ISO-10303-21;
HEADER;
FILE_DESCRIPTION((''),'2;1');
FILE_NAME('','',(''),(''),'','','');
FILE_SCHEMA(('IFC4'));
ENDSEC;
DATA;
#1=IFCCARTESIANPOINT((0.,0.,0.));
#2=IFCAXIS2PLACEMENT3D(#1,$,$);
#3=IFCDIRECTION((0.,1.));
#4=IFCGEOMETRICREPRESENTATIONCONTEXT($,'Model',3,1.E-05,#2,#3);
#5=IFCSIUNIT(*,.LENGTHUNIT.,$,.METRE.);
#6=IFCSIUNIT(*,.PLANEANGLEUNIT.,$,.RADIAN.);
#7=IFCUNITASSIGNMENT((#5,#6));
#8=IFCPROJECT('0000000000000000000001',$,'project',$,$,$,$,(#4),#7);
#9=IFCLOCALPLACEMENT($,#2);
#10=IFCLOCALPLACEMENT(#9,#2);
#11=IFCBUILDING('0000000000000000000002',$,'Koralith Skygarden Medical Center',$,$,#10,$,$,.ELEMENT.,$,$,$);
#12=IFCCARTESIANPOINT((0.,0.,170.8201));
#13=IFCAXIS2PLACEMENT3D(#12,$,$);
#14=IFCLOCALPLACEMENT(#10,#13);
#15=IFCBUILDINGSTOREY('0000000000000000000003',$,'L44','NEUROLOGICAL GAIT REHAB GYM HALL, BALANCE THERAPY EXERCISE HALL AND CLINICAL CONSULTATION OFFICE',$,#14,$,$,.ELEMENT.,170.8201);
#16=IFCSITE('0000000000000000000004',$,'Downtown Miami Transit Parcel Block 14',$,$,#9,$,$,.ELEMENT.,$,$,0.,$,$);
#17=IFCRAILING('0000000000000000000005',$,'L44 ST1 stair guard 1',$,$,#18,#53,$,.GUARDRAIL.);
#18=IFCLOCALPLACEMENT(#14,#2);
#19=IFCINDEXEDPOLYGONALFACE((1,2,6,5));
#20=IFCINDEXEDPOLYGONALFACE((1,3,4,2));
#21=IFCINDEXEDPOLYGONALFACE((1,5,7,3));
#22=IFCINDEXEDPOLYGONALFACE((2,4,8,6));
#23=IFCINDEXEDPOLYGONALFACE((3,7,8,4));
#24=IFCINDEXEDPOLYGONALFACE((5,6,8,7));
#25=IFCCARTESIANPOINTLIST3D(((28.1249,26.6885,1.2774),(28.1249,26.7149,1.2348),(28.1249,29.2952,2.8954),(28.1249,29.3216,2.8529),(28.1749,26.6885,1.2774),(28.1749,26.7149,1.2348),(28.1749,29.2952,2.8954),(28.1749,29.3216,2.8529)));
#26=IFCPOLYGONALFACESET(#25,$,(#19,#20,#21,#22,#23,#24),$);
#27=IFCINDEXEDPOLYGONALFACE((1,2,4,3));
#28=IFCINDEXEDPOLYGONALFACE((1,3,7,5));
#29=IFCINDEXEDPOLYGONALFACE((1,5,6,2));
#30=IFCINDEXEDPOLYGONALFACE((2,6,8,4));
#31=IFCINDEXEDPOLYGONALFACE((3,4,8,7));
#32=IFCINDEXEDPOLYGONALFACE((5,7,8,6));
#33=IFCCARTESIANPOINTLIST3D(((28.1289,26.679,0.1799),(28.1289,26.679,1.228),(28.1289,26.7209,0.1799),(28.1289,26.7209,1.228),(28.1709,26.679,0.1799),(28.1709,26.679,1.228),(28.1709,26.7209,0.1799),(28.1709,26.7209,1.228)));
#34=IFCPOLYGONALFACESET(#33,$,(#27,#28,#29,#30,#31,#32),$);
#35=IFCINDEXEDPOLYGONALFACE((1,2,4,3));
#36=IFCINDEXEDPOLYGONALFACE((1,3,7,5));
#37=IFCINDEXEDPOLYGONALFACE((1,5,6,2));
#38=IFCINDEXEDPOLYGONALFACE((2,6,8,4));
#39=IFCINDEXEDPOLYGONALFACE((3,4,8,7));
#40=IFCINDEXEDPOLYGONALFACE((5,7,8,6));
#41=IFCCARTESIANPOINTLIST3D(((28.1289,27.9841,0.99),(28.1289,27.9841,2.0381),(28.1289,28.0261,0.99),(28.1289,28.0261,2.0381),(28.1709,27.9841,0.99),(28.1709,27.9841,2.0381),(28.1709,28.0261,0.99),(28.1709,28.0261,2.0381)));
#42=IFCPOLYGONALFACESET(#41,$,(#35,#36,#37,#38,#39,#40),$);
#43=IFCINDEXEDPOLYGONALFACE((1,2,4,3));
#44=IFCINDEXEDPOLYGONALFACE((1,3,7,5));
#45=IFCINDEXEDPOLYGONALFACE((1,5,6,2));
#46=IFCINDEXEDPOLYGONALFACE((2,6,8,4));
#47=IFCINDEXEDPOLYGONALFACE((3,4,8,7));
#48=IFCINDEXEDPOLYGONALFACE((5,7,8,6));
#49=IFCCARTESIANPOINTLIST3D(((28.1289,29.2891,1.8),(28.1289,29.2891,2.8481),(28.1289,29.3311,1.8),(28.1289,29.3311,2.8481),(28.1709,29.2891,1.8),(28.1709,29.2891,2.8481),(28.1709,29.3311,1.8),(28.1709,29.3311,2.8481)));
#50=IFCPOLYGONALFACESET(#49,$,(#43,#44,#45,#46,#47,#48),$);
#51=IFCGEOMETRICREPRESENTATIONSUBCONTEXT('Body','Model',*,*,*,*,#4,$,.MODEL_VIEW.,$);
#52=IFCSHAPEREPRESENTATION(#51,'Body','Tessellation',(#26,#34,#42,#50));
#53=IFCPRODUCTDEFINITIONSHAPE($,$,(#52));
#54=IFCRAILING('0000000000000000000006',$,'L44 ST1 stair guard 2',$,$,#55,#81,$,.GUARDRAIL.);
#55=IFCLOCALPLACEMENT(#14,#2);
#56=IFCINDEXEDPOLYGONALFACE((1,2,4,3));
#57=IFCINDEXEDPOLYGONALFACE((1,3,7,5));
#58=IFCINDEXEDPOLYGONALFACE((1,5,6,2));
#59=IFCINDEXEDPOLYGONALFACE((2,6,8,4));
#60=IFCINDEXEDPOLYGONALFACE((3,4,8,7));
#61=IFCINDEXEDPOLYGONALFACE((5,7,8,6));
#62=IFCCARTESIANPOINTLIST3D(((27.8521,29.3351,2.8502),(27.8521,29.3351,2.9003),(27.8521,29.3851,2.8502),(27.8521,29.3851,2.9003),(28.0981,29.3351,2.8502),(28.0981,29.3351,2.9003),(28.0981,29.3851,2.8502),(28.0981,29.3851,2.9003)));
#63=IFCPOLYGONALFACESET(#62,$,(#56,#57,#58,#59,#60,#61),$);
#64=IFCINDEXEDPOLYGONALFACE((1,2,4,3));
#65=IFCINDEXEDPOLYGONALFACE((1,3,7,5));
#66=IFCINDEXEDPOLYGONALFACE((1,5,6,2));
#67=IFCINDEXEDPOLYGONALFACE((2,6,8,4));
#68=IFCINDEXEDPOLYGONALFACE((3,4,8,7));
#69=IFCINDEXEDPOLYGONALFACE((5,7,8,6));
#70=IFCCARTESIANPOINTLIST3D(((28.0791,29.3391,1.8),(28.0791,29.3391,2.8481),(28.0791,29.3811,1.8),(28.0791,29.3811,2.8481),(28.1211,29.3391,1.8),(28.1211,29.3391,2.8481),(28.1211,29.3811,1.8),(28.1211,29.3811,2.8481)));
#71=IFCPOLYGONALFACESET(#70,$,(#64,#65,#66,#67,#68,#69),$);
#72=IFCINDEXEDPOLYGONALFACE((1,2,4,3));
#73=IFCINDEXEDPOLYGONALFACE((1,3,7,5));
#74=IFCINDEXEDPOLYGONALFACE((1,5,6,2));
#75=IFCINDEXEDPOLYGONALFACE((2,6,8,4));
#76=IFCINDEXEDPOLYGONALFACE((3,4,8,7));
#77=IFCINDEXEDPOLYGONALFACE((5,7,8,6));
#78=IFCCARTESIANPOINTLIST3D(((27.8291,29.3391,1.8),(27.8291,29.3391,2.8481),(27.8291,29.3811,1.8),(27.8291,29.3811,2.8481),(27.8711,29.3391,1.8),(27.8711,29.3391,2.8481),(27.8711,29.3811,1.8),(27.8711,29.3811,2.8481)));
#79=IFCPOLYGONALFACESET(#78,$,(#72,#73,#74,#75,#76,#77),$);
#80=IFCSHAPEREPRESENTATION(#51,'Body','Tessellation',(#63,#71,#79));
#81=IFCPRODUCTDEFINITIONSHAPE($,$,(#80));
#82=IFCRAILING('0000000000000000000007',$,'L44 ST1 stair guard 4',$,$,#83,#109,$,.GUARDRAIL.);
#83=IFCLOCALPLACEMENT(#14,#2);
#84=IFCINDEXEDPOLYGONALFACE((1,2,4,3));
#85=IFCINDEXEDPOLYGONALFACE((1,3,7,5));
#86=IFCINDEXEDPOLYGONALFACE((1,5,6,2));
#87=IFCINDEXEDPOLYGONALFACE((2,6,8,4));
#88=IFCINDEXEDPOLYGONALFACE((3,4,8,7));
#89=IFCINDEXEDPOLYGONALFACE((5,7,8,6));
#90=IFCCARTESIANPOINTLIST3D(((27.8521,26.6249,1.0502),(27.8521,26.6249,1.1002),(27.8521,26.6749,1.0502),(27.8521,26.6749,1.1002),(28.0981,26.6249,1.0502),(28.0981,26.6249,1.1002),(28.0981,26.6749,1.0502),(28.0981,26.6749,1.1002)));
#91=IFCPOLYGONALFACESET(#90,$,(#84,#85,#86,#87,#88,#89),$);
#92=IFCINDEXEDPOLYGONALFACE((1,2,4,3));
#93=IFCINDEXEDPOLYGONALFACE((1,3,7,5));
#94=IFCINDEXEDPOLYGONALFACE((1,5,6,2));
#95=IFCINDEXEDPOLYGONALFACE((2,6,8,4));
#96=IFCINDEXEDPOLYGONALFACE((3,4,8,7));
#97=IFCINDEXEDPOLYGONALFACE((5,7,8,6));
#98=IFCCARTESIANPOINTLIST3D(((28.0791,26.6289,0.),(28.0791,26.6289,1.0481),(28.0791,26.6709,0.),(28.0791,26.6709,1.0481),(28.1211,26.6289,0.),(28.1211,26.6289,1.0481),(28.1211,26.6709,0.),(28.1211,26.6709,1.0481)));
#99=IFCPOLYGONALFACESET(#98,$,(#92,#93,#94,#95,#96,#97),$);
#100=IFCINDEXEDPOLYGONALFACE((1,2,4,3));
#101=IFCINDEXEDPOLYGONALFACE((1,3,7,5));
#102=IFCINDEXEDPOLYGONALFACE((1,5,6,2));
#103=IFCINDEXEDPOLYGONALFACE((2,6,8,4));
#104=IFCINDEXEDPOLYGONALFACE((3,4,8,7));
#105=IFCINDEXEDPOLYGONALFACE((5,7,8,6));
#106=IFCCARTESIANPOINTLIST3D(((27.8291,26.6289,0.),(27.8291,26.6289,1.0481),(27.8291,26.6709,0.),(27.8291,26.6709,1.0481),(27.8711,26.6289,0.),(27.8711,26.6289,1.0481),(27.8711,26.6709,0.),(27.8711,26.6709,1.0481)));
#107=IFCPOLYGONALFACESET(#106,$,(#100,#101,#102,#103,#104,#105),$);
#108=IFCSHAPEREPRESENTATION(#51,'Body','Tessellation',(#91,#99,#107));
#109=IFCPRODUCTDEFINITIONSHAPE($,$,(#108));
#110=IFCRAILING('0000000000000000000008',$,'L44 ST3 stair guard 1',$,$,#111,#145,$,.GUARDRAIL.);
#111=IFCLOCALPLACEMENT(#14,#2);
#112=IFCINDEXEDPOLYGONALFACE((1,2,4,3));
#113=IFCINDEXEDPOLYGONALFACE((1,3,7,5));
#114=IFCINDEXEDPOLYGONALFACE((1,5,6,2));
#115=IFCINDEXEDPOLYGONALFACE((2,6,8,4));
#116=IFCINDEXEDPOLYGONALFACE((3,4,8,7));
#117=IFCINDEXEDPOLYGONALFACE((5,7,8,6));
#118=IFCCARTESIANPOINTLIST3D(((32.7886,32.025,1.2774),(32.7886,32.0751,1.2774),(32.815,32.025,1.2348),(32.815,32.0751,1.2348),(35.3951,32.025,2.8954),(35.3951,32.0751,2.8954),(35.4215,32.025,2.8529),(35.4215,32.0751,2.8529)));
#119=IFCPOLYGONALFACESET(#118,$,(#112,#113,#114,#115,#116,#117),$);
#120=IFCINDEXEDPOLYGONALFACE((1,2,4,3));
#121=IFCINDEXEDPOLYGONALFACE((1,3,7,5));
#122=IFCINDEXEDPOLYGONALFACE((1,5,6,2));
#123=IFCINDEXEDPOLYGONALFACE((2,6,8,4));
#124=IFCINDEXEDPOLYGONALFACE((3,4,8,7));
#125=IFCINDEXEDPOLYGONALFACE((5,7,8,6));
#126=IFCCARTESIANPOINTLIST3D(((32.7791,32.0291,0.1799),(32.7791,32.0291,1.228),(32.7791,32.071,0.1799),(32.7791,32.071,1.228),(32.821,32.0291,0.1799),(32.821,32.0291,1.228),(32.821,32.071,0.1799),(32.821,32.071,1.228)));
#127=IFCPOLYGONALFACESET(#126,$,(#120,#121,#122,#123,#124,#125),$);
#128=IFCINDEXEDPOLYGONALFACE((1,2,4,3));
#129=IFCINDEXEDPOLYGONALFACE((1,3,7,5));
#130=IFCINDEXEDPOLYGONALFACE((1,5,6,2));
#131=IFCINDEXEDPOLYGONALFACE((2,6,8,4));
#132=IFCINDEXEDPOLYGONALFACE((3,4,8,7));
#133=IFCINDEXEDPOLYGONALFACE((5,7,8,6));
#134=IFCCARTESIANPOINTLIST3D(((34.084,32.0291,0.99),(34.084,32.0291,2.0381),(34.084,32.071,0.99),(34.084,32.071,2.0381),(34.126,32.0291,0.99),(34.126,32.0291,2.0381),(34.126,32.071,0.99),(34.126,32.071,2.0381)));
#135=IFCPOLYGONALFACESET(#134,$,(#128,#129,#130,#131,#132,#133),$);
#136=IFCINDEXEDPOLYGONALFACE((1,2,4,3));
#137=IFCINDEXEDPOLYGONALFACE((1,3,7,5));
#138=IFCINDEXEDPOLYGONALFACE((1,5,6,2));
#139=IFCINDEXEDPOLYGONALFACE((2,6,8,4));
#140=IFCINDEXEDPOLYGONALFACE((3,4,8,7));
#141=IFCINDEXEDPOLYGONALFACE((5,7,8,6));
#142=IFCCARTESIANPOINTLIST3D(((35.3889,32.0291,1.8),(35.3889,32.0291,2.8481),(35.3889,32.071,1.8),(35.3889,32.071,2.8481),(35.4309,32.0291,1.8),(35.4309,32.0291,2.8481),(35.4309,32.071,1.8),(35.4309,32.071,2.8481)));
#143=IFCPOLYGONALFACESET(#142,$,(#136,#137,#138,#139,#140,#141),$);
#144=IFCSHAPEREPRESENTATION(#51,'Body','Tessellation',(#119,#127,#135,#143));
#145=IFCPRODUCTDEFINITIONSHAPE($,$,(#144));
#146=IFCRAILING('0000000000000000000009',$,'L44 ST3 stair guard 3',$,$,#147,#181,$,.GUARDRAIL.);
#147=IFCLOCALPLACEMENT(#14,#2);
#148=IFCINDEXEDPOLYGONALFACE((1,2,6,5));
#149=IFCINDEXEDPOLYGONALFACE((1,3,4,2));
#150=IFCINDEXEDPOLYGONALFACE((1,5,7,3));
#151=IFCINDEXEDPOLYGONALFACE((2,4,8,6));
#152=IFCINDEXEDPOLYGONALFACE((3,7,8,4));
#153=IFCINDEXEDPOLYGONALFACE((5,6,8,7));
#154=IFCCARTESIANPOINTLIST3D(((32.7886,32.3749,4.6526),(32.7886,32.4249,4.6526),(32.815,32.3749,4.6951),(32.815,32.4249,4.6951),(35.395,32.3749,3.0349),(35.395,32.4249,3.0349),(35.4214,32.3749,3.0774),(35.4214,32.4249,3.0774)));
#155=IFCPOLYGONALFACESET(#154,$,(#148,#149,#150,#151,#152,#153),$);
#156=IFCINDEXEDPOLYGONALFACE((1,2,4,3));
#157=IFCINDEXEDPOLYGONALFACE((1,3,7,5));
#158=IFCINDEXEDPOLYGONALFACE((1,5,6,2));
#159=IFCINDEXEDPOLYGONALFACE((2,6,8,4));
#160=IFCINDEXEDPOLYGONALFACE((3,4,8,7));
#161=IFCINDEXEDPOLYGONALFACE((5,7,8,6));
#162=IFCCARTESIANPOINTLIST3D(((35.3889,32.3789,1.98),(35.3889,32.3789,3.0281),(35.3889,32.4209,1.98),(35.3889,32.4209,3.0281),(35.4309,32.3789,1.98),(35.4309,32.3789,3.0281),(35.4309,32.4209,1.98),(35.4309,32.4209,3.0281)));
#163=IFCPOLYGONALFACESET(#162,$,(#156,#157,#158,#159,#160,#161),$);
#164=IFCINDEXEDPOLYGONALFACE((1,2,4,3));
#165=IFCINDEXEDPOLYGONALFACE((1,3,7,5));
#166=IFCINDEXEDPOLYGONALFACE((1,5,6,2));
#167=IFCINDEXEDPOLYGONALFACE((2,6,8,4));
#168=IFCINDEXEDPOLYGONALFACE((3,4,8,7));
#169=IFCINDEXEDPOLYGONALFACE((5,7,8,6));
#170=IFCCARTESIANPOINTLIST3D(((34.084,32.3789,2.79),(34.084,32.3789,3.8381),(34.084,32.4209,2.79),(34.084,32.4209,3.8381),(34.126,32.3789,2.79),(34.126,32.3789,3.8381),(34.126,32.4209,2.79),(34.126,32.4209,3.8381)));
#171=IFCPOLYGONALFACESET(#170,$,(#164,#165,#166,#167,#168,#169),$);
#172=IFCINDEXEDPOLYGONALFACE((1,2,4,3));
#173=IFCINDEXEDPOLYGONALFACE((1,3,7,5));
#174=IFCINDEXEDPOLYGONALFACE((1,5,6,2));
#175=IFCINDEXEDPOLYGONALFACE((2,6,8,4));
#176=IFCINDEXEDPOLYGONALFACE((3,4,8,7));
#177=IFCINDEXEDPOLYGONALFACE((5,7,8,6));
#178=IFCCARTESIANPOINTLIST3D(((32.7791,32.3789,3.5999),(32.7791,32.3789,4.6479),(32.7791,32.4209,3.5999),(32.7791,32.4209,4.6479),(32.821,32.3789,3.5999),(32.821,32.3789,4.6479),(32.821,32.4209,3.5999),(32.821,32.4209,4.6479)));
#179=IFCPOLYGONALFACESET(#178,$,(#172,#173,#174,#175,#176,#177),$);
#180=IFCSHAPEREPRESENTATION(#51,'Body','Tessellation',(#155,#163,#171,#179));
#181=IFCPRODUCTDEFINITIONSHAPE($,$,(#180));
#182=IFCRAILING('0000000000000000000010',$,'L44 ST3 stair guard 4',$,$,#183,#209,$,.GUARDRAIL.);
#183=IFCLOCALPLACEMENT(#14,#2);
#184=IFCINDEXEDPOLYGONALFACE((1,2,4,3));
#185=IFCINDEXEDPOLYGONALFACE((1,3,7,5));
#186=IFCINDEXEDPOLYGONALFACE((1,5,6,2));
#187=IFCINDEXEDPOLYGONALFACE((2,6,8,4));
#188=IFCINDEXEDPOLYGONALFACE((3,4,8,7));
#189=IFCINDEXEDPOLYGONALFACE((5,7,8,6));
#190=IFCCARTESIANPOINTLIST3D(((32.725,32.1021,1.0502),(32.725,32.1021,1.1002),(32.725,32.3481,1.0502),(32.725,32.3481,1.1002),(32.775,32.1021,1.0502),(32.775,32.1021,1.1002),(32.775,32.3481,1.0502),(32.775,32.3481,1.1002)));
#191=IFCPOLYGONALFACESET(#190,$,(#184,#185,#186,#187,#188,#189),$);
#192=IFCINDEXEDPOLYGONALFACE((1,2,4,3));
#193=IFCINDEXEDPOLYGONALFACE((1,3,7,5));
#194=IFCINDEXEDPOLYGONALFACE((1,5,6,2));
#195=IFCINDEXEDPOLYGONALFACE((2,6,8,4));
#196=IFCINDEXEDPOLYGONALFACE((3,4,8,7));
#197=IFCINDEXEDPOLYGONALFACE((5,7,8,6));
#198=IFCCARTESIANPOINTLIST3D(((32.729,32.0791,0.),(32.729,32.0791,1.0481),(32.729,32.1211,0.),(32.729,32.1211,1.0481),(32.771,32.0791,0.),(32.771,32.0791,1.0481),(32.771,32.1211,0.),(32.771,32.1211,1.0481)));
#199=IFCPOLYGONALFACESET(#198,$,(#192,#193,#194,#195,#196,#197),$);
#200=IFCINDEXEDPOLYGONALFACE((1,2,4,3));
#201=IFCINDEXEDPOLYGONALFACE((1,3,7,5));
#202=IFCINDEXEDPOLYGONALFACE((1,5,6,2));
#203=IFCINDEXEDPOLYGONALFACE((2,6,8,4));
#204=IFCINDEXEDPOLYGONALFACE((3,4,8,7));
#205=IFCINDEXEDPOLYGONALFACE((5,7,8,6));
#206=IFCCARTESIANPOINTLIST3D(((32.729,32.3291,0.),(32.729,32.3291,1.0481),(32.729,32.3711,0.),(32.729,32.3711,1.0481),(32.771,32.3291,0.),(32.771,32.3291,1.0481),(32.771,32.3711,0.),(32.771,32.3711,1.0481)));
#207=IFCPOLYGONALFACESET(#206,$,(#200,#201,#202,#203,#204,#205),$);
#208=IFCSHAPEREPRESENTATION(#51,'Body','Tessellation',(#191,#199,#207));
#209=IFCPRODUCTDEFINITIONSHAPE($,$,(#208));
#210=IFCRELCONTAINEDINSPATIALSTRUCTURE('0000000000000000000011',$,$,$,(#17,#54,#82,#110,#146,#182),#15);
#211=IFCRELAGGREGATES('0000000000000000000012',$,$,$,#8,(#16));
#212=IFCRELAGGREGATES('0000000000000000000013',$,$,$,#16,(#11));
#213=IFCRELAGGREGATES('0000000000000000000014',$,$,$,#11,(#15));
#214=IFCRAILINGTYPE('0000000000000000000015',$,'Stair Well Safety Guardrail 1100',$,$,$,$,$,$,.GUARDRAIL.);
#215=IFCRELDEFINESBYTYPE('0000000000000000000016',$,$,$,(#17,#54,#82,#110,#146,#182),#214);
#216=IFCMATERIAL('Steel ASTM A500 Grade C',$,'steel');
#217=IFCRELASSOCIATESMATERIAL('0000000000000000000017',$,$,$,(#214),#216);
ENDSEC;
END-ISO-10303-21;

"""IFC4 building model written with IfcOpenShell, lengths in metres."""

from ifc_helpers import new_model, si_unit, direction, frame, origin, origin_2d, place, context, subcontext, project, spatial, rectangle, extrude, material, type_object, element, save


model = new_model("IFC4")

# Units and contexts
model_context = context("Model", 3, precision=1e-05, world=origin(), true_north=direction((0.0, 1.0)))
body_context = subcontext(model_context, "Body", "Model", "MODEL_VIEW")
ifc_project = project(units=[si_unit("LENGTHUNIT", "METRE"), si_unit("PLANEANGLEUNIT", "RADIAN")], contexts=[model_context])

# Site, building, storey
site_placement = place(None, origin())
site = spatial("IfcSite", under=ifc_project, at=site_placement, Name="Downtown Miami Transit Parcel Block 14", CompositionType="ELEMENT", RefElevation=0.0)
building_placement = place(site_placement, origin())
building = spatial("IfcBuilding", under=site, at=building_placement, Name="Koralith Skygarden Medical Center", CompositionType="ELEMENT")
storey_placement = place(building_placement, frame((0.0, 0.0, 170.8201)))
storey = spatial("IfcBuildingStorey", under=building, at=storey_placement, Name="L44", Description="NEUROLOGICAL GAIT REHAB GYM HALL, BALANCE THERAPY EXERCISE HALL AND CLINICAL CONSULTATION OFFICE", CompositionType="ELEMENT", Elevation=170.8201)

# Railings
ifc_material_1 = material(Name="Steel ASTM A500 Grade C", Category="steel")
railing_type_1 = type_object("IfcRailingType", Name="Stair Well Safety Guardrail 1100", PredefinedType="GUARDRAIL", material=ifc_material_1)
railing_1_placement = place(storey_placement, frame((28.1499, 26.7, 0.1799)))
element("IfcRailing", 1, at=railing_1_placement, inside=storey, type_object=railing_type_1, Name="L44 ST1 stair guard 1", PredefinedType="GUARDRAIL", context=body_context, shape_type="SweptSolid", body=[
    extrude(rectangle(XDim=0.05, YDim=0.05, at=origin_2d()), frame((0.0, 0.0017, 1.0762), z_axis=(0.0, 0.849633, 0.527375), x_axis=(-1.0, 0.0, 0.0)), (0.0, 0.0, 1.0), 3.0681),
    extrude(rectangle(XDim=0.042, YDim=0.042, at=origin_2d()), origin(), (0.0, 0.0, 1.0), 1.0481),
    extrude(rectangle(XDim=0.042, YDim=0.042, at=origin_2d()), frame((0.0, 1.3052, 0.8101)), (0.0, 0.0, 1.0), 1.0481),
    extrude(rectangle(XDim=0.042, YDim=0.042, at=origin_2d()), frame((0.0, 2.6101, 1.6201)), (0.0, 0.0, 1.0), 1.0481),
])
for number, where, name in (
    (2, (28.1001, 29.3601, 1.8), "L44 ST1 stair guard 2"),
    (3, (28.1001, 26.6499, 0.0), "L44 ST1 stair guard 4"),
):
    element("IfcRailing", number, at=place(storey_placement, frame(where)), inside=storey, type_object=railing_type_1, Name=name, PredefinedType="GUARDRAIL", context=body_context, shape_type="SweptSolid", body=[
        extrude(rectangle(XDim=0.05, YDim=0.05, at=origin_2d()), frame((-0.002, 0.0, 1.0752), z_axis=(-1.0, 0.0, 0.0), x_axis=(0.0, -1.0, 0.0)), (0.0, 0.0, 1.0), 0.2461),
        extrude(rectangle(XDim=0.042, YDim=0.042, at=origin_2d()), origin(), (0.0, 0.0, 1.0), 1.0481),
        extrude(rectangle(XDim=0.042, YDim=0.042, at=origin_2d()), frame((-0.25, 0.0, 0.0)), (0.0, 0.0, 1.0), 1.0481),
    ])
railing_2_placement = place(storey_placement, frame((32.8, 32.05, 0.1799)))
element("IfcRailing", 4, at=railing_2_placement, inside=storey, type_object=railing_type_1, Name="L44 ST3 stair guard 1", PredefinedType="GUARDRAIL", context=body_context, shape_type="SweptSolid", body=[
    extrude(rectangle(XDim=0.05, YDim=0.05, at=origin_2d()), frame((0.0017, 0.0, 1.0762), z_axis=(0.849611, 0.0, 0.52741), x_axis=(0.0, 1.0, 0.0)), (0.0, 0.0, 1.0), 3.0679),
    extrude(rectangle(XDim=0.042, YDim=0.042, at=origin_2d()), origin(), (0.0, 0.0, 1.0), 1.0481),
    extrude(rectangle(XDim=0.042, YDim=0.042, at=origin_2d()), frame((1.3049, 0.0, 0.8101)), (0.0, 0.0, 1.0), 1.0481),
    extrude(rectangle(XDim=0.042, YDim=0.042, at=origin_2d()), frame((2.6099, 0.0, 1.6201)), (0.0, 0.0, 1.0), 1.0481),
])
railing_3_placement = place(storey_placement, frame((35.4099, 32.3999, 1.98)))
element("IfcRailing", 5, at=railing_3_placement, inside=storey, type_object=railing_type_1, Name="L44 ST3 stair guard 3", PredefinedType="GUARDRAIL", context=body_context, shape_type="SweptSolid", body=[
    extrude(rectangle(XDim=0.05, YDim=0.05, at=origin_2d()), frame((-0.0017, 0.0, 1.0762), z_axis=(-0.849646, 0.0, 0.527353), x_axis=(0.0, -1.0, 0.0)), (0.0, 0.0, 1.0), 3.0676),
    extrude(rectangle(XDim=0.042, YDim=0.042, at=origin_2d()), origin(), (0.0, 0.0, 1.0), 1.0481),
    extrude(rectangle(XDim=0.042, YDim=0.042, at=origin_2d()), frame((-1.3049, 0.0, 0.8101)), (0.0, 0.0, 1.0), 1.0481),
    extrude(rectangle(XDim=0.042, YDim=0.042, at=origin_2d()), frame((-2.6099, 0.0, 1.6199)), (0.0, 0.0, 1.0), 1.0481),
])
railing_4_placement = place(storey_placement, frame((32.75, 32.1001, 0.0)))
element("IfcRailing", 6, at=railing_4_placement, inside=storey, type_object=railing_type_1, Name="L44 ST3 stair guard 4", PredefinedType="GUARDRAIL", context=body_context, shape_type="SweptSolid", body=[
    extrude(rectangle(XDim=0.05, YDim=0.05, at=origin_2d()), frame((0.0, 0.002, 1.0752), z_axis=(0.0, 1.0, 0.0), x_axis=(-1.0, 0.0, 0.0)), (0.0, 0.0, 1.0), 0.2461),
    extrude(rectangle(XDim=0.042, YDim=0.042, at=origin_2d()), origin(), (0.0, 0.0, 1.0), 1.0481),
    extrude(rectangle(XDim=0.042, YDim=0.042, at=origin_2d()), frame((0.0, 0.25, 0.0)), (0.0, 0.0, 1.0), 1.0481),
])

save(model, "model.ifc")
